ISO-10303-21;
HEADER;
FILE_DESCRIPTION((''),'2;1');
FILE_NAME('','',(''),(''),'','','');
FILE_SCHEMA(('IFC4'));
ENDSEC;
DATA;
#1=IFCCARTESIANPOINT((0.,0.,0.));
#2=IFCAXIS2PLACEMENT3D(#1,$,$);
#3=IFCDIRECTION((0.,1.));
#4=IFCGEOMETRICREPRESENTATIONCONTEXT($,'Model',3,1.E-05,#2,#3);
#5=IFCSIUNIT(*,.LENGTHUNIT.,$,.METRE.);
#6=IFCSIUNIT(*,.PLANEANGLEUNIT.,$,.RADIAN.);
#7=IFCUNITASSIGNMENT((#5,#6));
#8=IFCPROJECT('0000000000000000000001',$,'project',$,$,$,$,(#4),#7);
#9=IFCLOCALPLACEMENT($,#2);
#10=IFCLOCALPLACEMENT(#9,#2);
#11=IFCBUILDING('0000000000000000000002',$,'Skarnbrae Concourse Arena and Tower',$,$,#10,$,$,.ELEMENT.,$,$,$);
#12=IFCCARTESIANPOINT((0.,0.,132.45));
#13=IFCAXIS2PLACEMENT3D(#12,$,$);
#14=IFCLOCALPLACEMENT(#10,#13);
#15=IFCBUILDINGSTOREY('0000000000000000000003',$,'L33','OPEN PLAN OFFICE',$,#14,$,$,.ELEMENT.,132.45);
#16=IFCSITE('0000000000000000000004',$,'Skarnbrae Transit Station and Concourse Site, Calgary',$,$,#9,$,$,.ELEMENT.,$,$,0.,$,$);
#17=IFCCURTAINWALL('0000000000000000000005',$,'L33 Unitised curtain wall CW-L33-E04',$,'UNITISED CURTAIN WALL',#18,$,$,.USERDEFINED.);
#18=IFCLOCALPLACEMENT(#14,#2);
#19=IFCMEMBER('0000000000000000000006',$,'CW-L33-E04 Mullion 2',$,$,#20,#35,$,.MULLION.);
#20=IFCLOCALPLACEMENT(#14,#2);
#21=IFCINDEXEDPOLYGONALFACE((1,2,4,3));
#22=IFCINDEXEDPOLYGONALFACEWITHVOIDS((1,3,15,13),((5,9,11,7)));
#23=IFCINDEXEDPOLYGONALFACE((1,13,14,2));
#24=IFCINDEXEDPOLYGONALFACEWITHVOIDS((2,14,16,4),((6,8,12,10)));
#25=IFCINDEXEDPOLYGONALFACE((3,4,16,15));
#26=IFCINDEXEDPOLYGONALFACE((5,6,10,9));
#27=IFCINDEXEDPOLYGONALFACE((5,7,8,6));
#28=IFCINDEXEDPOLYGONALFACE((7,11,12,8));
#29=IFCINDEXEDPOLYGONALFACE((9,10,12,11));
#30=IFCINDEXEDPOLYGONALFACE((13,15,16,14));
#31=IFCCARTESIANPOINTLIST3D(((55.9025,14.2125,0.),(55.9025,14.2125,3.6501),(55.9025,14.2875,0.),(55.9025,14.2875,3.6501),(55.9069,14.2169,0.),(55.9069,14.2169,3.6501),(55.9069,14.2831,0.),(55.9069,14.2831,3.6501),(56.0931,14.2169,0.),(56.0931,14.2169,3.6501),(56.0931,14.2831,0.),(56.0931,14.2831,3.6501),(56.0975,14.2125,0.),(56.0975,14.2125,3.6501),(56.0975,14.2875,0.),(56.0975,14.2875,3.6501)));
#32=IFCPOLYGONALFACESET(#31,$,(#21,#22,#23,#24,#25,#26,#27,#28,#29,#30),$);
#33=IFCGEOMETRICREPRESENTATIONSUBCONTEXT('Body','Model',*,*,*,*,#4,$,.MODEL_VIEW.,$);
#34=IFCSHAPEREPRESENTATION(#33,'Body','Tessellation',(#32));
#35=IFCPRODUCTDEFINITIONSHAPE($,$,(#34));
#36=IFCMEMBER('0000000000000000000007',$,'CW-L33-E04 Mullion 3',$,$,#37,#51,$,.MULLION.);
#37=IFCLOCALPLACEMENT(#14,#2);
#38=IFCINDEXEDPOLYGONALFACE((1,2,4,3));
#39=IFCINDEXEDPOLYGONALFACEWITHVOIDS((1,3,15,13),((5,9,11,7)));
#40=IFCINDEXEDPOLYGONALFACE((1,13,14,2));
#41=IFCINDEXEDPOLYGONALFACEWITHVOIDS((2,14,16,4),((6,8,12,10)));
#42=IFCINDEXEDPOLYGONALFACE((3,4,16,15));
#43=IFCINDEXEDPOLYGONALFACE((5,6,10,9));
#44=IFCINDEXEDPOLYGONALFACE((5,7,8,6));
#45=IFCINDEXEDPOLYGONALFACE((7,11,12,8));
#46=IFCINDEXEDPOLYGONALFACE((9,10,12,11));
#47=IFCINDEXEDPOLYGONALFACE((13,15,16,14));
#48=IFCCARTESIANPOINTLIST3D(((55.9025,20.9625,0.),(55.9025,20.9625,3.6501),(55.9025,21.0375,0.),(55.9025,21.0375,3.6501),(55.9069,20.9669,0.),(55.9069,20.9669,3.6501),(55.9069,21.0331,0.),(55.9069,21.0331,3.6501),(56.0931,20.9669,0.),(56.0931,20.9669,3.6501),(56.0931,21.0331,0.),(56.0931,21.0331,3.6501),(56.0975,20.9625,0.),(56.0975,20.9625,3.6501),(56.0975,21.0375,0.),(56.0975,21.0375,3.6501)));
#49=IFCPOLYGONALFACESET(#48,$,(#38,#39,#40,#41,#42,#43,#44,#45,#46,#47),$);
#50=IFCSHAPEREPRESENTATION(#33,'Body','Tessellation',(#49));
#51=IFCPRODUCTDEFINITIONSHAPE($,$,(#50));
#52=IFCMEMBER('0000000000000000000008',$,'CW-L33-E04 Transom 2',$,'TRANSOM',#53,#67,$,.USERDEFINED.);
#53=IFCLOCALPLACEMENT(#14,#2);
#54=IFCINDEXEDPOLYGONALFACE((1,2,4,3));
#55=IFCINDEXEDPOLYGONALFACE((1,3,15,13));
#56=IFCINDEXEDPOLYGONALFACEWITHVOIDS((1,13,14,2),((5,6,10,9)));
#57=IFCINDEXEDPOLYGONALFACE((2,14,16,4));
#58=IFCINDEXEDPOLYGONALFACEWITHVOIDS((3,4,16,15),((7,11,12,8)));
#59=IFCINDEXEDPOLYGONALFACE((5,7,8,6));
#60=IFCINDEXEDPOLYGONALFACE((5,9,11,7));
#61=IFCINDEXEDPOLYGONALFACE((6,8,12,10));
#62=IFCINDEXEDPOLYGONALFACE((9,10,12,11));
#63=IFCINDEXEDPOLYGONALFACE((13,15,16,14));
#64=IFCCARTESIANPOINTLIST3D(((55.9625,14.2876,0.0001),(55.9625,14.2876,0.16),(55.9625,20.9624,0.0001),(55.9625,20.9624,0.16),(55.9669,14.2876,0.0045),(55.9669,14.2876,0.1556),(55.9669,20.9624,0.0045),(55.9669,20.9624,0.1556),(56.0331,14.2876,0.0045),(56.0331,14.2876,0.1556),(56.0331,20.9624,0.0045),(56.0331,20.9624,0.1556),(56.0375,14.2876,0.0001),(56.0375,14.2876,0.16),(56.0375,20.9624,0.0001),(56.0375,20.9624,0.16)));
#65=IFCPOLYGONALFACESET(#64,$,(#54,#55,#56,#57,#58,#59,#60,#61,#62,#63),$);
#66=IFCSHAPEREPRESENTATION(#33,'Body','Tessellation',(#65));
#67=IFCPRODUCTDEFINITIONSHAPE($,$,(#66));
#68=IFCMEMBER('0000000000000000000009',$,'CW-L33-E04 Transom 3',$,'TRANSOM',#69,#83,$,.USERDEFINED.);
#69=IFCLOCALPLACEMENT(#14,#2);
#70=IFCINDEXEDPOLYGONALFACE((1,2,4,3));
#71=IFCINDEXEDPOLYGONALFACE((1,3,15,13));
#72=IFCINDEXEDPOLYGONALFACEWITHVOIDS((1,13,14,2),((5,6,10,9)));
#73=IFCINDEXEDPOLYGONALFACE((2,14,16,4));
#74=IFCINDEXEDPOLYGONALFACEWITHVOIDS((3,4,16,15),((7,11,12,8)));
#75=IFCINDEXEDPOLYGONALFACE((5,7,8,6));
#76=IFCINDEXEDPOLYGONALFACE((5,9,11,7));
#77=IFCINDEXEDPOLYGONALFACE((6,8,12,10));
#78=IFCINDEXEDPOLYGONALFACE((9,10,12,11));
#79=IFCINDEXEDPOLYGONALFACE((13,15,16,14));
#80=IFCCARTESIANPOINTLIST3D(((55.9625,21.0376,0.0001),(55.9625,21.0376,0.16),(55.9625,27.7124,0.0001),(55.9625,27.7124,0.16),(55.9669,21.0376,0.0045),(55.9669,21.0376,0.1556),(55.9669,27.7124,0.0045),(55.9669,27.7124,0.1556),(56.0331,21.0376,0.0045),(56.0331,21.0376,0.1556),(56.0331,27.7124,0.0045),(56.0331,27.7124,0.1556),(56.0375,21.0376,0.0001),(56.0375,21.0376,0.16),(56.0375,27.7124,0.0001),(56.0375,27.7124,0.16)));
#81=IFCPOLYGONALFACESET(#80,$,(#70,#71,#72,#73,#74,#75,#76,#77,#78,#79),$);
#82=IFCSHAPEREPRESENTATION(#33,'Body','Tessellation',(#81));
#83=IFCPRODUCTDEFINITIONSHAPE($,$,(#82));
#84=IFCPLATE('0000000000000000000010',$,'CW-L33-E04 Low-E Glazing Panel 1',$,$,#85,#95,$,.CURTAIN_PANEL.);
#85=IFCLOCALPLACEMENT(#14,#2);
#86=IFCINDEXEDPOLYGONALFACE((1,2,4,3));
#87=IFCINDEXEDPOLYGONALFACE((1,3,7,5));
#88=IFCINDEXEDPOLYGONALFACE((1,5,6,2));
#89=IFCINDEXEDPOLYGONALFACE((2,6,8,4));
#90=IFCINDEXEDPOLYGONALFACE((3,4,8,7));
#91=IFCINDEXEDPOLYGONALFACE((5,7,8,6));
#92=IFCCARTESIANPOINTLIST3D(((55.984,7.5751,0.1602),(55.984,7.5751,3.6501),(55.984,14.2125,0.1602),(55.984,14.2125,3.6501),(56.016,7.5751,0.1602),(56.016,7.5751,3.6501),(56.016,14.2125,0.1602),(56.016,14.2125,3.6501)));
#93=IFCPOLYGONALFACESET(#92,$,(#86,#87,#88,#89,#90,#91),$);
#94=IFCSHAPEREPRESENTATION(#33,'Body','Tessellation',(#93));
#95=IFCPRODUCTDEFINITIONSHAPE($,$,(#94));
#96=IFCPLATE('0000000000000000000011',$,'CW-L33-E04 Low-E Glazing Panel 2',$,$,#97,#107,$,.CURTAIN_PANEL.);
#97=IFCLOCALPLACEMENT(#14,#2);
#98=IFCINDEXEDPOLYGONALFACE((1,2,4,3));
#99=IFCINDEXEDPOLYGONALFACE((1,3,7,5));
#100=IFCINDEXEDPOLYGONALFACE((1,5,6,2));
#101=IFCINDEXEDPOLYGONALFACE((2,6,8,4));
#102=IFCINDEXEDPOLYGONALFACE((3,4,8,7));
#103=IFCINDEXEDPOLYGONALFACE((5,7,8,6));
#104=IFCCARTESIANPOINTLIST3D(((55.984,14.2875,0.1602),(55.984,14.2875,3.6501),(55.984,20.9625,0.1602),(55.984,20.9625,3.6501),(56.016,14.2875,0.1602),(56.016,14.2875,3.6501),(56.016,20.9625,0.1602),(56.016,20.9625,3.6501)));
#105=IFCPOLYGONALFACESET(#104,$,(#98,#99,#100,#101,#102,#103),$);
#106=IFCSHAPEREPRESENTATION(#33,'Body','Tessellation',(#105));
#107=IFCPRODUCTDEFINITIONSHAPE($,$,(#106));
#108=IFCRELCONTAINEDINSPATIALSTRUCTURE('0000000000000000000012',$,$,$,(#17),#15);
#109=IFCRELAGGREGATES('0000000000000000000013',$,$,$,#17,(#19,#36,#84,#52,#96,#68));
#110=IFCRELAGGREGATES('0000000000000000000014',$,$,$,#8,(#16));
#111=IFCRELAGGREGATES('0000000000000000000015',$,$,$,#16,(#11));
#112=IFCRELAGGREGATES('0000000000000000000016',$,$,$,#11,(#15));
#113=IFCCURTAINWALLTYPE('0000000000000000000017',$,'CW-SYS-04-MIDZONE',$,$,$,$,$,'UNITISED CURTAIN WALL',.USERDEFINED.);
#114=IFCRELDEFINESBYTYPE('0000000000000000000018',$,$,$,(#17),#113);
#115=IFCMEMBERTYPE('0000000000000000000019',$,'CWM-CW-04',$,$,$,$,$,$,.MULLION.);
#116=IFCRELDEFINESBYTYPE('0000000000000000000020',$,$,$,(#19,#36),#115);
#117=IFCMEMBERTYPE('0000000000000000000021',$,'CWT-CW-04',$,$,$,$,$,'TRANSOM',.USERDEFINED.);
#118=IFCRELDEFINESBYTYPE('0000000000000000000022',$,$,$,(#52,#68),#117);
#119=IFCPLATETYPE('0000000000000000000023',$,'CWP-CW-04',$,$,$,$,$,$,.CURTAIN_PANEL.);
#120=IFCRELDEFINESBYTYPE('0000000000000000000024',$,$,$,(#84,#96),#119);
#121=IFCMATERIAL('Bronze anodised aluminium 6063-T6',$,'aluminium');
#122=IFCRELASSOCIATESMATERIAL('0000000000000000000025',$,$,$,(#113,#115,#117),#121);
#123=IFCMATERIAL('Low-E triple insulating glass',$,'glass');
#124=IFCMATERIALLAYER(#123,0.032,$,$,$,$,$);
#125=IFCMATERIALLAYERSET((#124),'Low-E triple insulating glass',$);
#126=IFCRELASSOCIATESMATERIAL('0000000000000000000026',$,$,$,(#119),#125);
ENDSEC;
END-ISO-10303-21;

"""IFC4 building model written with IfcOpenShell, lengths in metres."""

from ifc_helpers import new_model, si_unit, direction, frame, origin, origin_2d, place, context, subcontext, project, spatial, rectangle, hollow_rectangle, extrude, source, transform, mapped, material, layer, layer_set, material_profile, profile_set, type_object, element, aggregate, save


model = new_model("IFC4")

# Units and contexts
model_context = context("Model", 3, precision=1e-05, world=origin(), true_north=direction((0.0, 1.0)))
body_context = subcontext(model_context, "Body", "Model", "MODEL_VIEW")
ifc_project = project(units=[si_unit("LENGTHUNIT", "METRE"), si_unit("PLANEANGLEUNIT", "RADIAN")], contexts=[model_context])

# Site, building, storey
site_placement = place(None, origin())
site = spatial("IfcSite", under=ifc_project, at=site_placement, Name="Skarnbrae Transit Station and Concourse Site, Calgary", CompositionType="ELEMENT", RefElevation=0.0)
building_placement = place(site_placement, origin())
building = spatial("IfcBuilding", under=site, at=building_placement, Name="Skarnbrae Concourse Arena and Tower", CompositionType="ELEMENT")
storey_placement = place(building_placement, frame((0.0, 0.0, 132.45)))
storey = spatial("IfcBuildingStorey", under=building, at=storey_placement, Name="L33", Description="OPEN PLAN OFFICE", CompositionType="ELEMENT", Elevation=132.45)

# Curtain wall, members, plates
ifc_material_1 = material(Name="Bronze anodised aluminium 6063-T6", Category="aluminium")
curtain_wall_type = type_object("IfcCurtainWallType", Name="CW-SYS-04-MIDZONE", ElementType="UNITISED CURTAIN WALL", PredefinedType="USERDEFINED", material=ifc_material_1)
curtain_wall_placement = place(storey_placement, origin())
curtain_wall = element("IfcCurtainWall", 1, at=curtain_wall_placement, inside=storey, type_object=curtain_wall_type, Name="L33 Unitised curtain wall CW-L33-E04", ObjectType="UNITISED CURTAIN WALL", PredefinedType="USERDEFINED")
ifc_material_profile_1 = material_profile(ifc_material_1, hollow_rectangle(XDim=0.075, YDim=0.1951, WallThickness=0.0044, at=origin_2d()), Name="ALU-MULL-75X195")
ifc_profile_set_1 = profile_set([ifc_material_profile_1], Name="Bronze anodised aluminium 6063-T6")
member_type_1 = type_object("IfcMemberType", Name="CWM-CW-04", PredefinedType="MULLION", material=ifc_profile_set_1)
shared_shape_1 = source(origin(), body_context, "Body", "SweptSolid", [
    extrude(hollow_rectangle(XDim=0.075, YDim=0.1951, WallThickness=0.0044, at=origin_2d()), origin(), (0.0, 0.0, 1.0), 3.6501),
])
member_1_placement = place(storey_placement, frame((56.0, 14.25, 0.0), z_axis=(0.0, 0.0, 1.0), x_axis=(0.0, 1.0, 0.0)))
member_1 = element("IfcMember", 2, at=member_1_placement, type_object=member_type_1, Name="CW-L33-E04 Mullion 2", PredefinedType="MULLION", context=body_context, shape_type="MappedRepresentation", body=[
    mapped(shared_shape_1, transform((0.0, 0.0, 0.0))),
])
member_2_placement = place(storey_placement, frame((56.0, 21.0, 0.0), z_axis=(0.0, 0.0, 1.0), x_axis=(0.0, 1.0, 0.0)))
member_2 = element("IfcMember", 3, at=member_2_placement, type_object=member_type_1, Name="CW-L33-E04 Mullion 3", PredefinedType="MULLION", context=body_context, shape_type="MappedRepresentation", body=[
    mapped(shared_shape_1, transform((0.0, 0.0, 0.0))),
])
ifc_material_profile_2 = material_profile(ifc_material_1, hollow_rectangle(XDim=0.075, YDim=0.1599, WallThickness=0.0044, at=origin_2d()), Name="ALU-TRAN-75X160")
ifc_profile_set_2 = profile_set([ifc_material_profile_2], Name="Bronze anodised aluminium 6063-T6")
member_type_2 = type_object("IfcMemberType", Name="CWT-CW-04", ElementType="TRANSOM", PredefinedType="USERDEFINED", material=ifc_profile_set_2)
shared_shape_2 = source(origin(), body_context, "Body", "SweptSolid", [
    extrude(hollow_rectangle(XDim=0.075, YDim=0.1599, WallThickness=0.0044, at=origin_2d()), origin(), (0.0, 0.0, 1.0), 6.6748),
])
member_3_placement = place(storey_placement, frame((56.0, 14.2876, 0.0801), z_axis=(0.0, 1.0, 0.0), x_axis=(-1.0, 0.0, 0.0)))
member_3 = element("IfcMember", 4, at=member_3_placement, type_object=member_type_2, Name="CW-L33-E04 Transom 2", ObjectType="TRANSOM", PredefinedType="USERDEFINED", context=body_context, shape_type="MappedRepresentation", body=[
    mapped(shared_shape_2, transform((0.0, 0.0, 0.0))),
])
member_4_placement = place(storey_placement, frame((56.0, 21.0376, 0.0801), z_axis=(0.0, 1.0, 0.0), x_axis=(-1.0, 0.0, 0.0)))
member_4 = element("IfcMember", 5, at=member_4_placement, type_object=member_type_2, Name="CW-L33-E04 Transom 3", ObjectType="TRANSOM", PredefinedType="USERDEFINED", context=body_context, shape_type="MappedRepresentation", body=[
    mapped(shared_shape_2, transform((0.0, 0.0, 0.0))),
])
ifc_material_2 = material(Name="Low-E triple insulating glass", Category="glass")
ifc_layer = layer(ifc_material_2, 0.032)
ifc_layer_set = layer_set([ifc_layer], Name="Low-E triple insulating glass")
plate_type = type_object("IfcPlateType", Name="CWP-CW-04", PredefinedType="CURTAIN_PANEL", material=ifc_layer_set)
shared_shape_3 = source(origin(), body_context, "Body", "SweptSolid", [
    extrude(rectangle(XDim=6.6375, YDim=0.032, at=origin_2d()), origin(), (0.0, 0.0, 1.0), 3.49),
])
plate_1_placement = place(storey_placement, frame((56.0, 10.8938, 0.1602), z_axis=(0.0, 0.0, 1.0), x_axis=(0.0, 1.0, 0.0)))
plate_1 = element("IfcPlate", 6, at=plate_1_placement, type_object=plate_type, Name="CW-L33-E04 Low-E Glazing Panel 1", PredefinedType="CURTAIN_PANEL", context=body_context, shape_type="MappedRepresentation", body=[
    mapped(shared_shape_3, transform((0.0, 0.0, 0.0))),
])
shared_shape_4 = source(origin(), body_context, "Body", "SweptSolid", [
    extrude(rectangle(XDim=6.675, YDim=0.032, at=origin_2d()), origin(), (0.0, 0.0, 1.0), 3.49),
])
plate_2_placement = place(storey_placement, frame((56.0, 17.625, 0.1602), z_axis=(0.0, 0.0, 1.0), x_axis=(0.0, 1.0, 0.0)))
plate_2 = element("IfcPlate", 7, at=plate_2_placement, type_object=plate_type, Name="CW-L33-E04 Low-E Glazing Panel 2", PredefinedType="CURTAIN_PANEL", context=body_context, shape_type="MappedRepresentation", body=[
    mapped(shared_shape_4, transform((0.0, 0.0, 0.0))),
])
aggregate(curtain_wall, [member_1, member_2, plate_1, member_3, plate_2, member_4])

save(model, "model.ifc")
